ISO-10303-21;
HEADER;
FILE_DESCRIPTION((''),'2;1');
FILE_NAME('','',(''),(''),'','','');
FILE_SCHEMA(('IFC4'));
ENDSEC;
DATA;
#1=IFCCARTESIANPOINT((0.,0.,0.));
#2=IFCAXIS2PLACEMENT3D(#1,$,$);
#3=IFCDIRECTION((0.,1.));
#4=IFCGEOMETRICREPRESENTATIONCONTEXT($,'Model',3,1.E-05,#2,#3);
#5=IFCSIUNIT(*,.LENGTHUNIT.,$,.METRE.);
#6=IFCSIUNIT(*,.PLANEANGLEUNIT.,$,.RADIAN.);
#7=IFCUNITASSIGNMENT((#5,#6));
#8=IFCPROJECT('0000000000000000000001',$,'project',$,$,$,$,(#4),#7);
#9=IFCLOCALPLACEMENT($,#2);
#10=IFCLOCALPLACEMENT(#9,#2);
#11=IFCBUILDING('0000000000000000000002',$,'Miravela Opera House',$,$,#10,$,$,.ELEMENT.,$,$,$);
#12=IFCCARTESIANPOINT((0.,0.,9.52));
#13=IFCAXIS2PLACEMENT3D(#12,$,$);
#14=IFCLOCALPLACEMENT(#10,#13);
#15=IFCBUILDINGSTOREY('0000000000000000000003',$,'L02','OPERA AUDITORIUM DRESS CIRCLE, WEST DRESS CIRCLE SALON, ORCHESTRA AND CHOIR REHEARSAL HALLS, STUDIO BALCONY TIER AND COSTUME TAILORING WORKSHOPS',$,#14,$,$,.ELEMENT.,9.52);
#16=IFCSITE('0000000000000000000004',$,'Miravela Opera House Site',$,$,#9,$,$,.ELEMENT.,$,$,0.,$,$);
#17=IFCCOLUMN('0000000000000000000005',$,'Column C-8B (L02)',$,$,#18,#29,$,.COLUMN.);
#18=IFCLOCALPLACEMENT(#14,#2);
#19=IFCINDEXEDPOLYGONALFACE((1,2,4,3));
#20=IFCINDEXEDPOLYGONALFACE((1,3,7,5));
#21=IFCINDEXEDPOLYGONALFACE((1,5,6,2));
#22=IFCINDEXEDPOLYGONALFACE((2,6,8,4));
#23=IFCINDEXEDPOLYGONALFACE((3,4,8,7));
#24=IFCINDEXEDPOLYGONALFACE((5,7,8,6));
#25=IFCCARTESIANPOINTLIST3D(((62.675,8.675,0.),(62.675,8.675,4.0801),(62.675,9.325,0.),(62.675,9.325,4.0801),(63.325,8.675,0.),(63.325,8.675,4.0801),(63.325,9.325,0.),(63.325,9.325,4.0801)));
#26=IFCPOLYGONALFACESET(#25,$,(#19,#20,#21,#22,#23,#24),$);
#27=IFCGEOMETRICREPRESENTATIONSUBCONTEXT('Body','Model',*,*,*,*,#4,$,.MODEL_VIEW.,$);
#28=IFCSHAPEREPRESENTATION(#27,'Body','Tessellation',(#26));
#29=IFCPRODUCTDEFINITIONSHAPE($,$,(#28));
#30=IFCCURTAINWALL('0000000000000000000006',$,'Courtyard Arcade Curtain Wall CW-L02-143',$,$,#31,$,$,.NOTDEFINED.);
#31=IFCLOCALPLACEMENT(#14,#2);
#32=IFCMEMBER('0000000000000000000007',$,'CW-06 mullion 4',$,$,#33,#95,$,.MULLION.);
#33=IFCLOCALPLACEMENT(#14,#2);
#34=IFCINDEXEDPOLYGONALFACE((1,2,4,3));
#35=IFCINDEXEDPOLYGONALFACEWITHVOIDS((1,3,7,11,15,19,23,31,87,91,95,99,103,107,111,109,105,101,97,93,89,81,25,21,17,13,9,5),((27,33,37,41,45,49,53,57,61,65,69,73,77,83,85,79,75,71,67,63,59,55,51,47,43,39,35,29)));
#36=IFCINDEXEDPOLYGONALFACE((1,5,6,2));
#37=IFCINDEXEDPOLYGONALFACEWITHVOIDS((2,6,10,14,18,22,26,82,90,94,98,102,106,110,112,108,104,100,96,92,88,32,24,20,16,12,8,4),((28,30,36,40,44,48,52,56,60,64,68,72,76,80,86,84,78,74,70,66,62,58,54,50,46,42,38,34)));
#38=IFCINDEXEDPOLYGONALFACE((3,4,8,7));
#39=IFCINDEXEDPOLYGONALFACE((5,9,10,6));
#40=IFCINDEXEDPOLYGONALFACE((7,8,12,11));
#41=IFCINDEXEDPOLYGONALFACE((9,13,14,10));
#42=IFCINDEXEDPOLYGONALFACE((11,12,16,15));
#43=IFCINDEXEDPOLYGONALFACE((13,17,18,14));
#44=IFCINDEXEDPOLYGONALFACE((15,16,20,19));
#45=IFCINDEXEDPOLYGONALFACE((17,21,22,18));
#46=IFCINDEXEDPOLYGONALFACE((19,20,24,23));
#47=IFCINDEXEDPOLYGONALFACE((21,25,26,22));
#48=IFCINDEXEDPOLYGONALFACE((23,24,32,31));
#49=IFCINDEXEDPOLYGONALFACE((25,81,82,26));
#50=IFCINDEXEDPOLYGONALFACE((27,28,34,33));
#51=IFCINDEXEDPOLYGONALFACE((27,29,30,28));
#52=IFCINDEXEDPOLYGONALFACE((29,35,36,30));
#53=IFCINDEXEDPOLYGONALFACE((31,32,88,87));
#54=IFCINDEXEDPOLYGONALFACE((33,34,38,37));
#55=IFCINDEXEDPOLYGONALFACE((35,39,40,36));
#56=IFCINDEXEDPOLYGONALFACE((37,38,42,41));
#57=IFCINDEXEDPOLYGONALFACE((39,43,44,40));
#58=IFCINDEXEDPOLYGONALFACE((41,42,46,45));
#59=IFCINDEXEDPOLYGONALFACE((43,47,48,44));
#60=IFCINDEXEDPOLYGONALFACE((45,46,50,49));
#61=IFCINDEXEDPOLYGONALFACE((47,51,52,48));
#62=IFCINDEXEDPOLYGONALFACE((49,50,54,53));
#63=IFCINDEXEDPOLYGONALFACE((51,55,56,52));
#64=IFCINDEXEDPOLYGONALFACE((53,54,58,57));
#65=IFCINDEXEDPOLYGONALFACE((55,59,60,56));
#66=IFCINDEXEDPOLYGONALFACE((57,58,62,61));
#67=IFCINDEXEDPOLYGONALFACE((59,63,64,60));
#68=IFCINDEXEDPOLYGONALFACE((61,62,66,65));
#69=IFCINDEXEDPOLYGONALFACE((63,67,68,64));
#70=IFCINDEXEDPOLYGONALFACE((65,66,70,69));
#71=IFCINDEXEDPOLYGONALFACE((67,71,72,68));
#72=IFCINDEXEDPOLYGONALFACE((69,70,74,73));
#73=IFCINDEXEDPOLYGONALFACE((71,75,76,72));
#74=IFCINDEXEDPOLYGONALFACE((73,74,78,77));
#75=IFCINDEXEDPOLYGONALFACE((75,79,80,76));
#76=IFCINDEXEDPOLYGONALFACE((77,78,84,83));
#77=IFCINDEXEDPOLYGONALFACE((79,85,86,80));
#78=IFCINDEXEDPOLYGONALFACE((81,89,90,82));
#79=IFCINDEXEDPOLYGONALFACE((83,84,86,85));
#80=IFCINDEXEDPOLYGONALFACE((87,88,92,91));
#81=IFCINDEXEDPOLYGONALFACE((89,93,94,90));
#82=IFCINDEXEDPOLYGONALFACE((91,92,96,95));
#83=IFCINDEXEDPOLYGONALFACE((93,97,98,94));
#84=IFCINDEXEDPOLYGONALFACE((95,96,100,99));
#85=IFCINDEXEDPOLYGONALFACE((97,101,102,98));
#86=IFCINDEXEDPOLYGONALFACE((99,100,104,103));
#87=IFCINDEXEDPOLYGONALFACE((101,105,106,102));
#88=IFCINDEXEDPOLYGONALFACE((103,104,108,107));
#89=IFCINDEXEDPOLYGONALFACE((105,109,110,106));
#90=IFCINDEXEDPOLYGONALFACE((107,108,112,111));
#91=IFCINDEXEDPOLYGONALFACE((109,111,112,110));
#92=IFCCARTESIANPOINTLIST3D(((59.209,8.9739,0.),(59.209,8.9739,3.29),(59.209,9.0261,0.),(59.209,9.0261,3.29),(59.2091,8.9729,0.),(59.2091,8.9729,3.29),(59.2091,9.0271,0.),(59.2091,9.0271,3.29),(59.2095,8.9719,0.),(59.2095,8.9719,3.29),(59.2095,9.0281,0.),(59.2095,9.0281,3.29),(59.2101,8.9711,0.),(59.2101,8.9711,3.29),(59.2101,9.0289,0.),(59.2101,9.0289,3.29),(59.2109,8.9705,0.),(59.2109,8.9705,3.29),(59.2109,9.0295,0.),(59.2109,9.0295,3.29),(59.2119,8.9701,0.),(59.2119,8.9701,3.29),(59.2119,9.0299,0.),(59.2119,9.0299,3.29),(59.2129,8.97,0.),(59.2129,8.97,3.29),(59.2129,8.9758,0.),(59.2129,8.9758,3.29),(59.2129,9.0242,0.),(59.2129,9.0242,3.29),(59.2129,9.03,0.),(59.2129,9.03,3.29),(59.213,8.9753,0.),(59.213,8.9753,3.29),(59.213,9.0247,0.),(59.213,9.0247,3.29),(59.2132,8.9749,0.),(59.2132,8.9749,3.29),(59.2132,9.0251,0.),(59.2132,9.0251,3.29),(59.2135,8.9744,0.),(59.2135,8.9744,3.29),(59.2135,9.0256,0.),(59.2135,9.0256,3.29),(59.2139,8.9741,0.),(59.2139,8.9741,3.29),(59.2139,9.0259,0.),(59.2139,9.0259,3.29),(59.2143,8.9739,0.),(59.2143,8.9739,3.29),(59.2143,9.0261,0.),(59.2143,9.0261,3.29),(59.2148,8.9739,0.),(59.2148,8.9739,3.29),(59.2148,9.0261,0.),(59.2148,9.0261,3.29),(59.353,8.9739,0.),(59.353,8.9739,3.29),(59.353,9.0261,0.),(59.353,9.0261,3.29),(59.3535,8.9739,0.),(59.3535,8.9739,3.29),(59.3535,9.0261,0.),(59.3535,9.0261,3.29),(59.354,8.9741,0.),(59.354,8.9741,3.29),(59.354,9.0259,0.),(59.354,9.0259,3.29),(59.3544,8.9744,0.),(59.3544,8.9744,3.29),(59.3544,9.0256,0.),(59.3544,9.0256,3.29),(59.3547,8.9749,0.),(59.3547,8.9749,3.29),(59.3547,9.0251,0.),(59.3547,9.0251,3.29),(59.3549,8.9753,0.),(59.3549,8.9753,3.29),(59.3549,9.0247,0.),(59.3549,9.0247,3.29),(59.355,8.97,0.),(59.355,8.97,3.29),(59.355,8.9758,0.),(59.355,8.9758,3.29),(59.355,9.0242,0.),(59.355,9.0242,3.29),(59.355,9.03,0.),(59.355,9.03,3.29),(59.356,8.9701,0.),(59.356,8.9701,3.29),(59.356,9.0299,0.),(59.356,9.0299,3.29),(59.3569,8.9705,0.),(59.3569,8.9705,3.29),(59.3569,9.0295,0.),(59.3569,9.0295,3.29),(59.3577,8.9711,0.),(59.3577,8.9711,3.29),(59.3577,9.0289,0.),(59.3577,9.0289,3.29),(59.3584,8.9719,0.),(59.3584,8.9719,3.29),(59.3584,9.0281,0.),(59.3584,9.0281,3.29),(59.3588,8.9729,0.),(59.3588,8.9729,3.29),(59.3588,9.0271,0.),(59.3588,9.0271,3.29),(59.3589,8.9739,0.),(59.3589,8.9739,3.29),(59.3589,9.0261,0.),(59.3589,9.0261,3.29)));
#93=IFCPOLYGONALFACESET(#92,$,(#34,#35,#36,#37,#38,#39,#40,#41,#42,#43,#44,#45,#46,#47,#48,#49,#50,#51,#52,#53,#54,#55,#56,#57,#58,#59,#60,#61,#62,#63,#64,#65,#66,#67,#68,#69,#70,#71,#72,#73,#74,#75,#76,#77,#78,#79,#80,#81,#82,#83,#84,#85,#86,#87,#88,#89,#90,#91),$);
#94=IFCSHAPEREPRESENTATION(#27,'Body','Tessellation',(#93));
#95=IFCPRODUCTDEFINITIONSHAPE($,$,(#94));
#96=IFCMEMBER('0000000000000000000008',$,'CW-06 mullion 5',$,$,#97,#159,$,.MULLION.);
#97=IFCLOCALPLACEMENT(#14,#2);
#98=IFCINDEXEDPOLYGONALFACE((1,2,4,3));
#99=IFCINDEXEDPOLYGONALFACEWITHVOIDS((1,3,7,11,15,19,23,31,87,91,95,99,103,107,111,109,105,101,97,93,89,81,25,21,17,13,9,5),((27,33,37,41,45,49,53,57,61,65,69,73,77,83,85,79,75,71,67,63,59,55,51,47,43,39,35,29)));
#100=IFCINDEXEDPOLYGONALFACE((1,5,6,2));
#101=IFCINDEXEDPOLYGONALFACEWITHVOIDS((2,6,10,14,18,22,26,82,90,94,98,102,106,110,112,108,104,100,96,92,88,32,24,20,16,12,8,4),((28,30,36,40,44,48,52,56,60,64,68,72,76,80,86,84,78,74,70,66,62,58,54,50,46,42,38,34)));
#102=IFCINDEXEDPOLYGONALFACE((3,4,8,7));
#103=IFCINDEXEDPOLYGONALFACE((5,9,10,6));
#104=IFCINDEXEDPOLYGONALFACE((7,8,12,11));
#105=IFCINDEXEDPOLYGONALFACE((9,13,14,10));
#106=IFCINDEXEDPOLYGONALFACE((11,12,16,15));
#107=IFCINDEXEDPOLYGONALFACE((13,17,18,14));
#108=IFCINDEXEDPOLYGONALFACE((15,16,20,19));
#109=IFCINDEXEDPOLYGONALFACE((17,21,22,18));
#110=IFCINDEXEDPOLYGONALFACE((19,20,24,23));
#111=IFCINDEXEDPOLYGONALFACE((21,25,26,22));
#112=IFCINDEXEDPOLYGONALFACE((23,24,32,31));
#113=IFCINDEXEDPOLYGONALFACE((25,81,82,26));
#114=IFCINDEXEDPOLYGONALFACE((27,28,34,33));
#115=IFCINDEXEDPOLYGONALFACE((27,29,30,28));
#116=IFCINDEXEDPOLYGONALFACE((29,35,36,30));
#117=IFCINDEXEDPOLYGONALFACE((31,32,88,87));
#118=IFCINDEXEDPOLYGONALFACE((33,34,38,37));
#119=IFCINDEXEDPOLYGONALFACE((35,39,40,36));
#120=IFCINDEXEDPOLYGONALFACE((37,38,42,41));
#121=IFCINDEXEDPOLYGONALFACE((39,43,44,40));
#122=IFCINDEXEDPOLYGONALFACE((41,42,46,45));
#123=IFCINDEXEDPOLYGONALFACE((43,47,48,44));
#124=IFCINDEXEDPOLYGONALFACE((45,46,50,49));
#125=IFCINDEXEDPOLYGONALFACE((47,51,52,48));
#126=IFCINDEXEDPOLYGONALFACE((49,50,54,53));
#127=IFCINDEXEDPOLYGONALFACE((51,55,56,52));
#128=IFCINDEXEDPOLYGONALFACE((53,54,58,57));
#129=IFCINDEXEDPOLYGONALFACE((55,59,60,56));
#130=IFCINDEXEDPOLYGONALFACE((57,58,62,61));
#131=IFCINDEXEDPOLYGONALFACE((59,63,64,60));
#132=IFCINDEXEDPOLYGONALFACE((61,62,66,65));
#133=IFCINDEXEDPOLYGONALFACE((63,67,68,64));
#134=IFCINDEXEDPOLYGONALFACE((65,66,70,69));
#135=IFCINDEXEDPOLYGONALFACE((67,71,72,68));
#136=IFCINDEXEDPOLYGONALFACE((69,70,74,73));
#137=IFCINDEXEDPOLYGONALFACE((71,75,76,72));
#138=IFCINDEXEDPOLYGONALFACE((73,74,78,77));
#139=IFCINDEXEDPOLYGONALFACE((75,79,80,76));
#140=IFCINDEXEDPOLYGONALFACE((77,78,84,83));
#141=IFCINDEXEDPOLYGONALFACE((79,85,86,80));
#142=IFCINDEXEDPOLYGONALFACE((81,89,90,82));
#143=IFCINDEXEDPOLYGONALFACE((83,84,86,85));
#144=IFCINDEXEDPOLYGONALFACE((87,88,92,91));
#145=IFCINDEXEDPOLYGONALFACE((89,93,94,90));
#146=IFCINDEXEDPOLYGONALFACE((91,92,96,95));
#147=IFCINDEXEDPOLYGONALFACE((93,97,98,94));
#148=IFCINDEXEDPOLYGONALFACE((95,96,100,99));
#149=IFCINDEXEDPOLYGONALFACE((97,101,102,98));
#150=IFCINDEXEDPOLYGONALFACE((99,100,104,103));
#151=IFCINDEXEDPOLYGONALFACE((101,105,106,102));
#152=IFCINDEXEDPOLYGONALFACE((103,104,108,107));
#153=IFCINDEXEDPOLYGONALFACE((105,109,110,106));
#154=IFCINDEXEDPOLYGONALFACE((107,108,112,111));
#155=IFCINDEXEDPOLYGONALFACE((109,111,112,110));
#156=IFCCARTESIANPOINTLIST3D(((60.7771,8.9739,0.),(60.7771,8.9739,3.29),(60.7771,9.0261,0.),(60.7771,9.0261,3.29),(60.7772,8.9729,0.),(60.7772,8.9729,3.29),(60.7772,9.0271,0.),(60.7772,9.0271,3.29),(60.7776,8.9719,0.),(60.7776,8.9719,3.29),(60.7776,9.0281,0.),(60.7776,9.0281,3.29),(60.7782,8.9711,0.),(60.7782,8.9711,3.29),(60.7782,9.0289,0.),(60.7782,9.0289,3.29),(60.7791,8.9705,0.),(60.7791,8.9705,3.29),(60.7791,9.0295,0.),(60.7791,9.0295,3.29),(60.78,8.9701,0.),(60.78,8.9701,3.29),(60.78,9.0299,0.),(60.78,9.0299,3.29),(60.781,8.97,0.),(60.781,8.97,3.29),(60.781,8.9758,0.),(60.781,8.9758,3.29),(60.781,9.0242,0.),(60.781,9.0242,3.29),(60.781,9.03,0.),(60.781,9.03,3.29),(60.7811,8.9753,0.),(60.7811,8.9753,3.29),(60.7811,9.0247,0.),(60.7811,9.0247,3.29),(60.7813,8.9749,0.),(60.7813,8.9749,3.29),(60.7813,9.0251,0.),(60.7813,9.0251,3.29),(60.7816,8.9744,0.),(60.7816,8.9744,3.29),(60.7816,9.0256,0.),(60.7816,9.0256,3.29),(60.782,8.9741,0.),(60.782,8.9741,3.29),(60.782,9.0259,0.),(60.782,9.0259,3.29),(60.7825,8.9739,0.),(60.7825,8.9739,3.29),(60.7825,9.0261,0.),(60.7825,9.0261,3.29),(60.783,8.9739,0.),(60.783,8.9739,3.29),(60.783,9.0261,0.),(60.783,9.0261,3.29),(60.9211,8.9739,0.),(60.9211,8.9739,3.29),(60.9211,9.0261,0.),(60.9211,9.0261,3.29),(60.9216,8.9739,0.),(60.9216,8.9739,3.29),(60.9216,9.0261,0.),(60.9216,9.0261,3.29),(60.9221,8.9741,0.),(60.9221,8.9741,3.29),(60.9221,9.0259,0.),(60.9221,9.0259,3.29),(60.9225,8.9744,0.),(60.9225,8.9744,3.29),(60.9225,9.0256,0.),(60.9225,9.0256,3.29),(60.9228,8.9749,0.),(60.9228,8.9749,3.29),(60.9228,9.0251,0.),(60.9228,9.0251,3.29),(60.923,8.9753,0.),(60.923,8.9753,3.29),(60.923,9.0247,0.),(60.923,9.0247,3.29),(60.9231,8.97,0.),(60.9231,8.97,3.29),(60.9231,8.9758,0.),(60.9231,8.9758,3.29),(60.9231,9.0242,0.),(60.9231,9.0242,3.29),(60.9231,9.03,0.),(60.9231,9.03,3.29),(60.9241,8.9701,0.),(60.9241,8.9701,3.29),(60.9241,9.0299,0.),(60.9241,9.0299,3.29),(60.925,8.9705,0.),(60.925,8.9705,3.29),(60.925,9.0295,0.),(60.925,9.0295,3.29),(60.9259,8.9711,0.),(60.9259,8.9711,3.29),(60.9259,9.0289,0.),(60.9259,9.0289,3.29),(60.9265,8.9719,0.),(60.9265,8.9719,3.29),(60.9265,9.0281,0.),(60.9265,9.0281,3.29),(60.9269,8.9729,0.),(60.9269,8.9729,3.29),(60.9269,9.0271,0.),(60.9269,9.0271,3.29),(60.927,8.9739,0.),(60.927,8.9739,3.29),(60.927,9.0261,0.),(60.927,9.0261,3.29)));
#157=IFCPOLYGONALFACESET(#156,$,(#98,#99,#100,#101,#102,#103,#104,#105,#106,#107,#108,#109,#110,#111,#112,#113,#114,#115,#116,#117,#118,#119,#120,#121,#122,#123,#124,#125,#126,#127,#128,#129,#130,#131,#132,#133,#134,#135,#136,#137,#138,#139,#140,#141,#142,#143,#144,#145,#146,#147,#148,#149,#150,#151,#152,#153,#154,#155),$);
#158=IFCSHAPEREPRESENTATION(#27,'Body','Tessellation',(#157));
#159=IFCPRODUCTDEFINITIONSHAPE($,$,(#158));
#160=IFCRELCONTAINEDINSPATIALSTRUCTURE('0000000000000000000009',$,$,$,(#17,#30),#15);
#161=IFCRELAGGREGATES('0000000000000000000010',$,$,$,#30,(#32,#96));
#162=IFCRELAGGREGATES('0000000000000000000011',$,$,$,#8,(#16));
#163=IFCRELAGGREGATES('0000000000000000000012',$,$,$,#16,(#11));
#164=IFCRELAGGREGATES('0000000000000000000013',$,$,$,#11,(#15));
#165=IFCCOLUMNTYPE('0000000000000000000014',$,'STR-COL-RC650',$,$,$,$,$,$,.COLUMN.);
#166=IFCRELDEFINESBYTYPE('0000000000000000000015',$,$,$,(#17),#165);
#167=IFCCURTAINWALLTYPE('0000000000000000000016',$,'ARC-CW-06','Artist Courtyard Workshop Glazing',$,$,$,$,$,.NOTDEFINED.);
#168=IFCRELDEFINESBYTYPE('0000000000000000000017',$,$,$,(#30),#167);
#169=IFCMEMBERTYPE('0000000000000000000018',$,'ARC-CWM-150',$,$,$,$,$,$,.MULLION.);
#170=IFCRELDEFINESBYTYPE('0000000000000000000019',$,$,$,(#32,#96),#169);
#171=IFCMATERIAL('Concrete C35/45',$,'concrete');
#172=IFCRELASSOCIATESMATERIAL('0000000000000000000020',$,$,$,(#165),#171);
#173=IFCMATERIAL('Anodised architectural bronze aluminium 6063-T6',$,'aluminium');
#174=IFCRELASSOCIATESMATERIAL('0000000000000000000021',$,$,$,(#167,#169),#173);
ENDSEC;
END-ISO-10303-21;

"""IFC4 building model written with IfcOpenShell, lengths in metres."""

from ifc_helpers import new_model, si_unit, direction, frame, origin, origin_2d, place, context, subcontext, project, spatial, rectangle, hollow_rectangle, extrude, material, material_profile, profile_set, type_object, element, aggregate, save


model = new_model("IFC4")

# Units and contexts
model_context = context("Model", 3, precision=1e-05, world=origin(), true_north=direction((0.0, 1.0)))
body_context = subcontext(model_context, "Body", "Model", "MODEL_VIEW")
ifc_project = project(units=[si_unit("LENGTHUNIT", "METRE"), si_unit("PLANEANGLEUNIT", "RADIAN")], contexts=[model_context])

# Site, building, storey
site_placement = place(None, origin())
site = spatial("IfcSite", under=ifc_project, at=site_placement, Name="Miravela Opera House Site", CompositionType="ELEMENT", RefElevation=0.0)
building_placement = place(site_placement, origin())
building = spatial("IfcBuilding", under=site, at=building_placement, Name="Miravela Opera House", CompositionType="ELEMENT")
storey_placement = place(building_placement, frame((0.0, 0.0, 9.52)))
storey = spatial("IfcBuildingStorey", under=building, at=storey_placement, Name="L02", Description="OPERA AUDITORIUM DRESS CIRCLE, WEST DRESS CIRCLE SALON, ORCHESTRA AND CHOIR REHEARSAL HALLS, STUDIO BALCONY TIER AND COSTUME TAILORING WORKSHOPS", CompositionType="ELEMENT", Elevation=9.52)

# Column
ifc_material_1 = material(Name="Concrete C35/45", Category="concrete")
ifc_material_profile_1 = material_profile(ifc_material_1, rectangle(XDim=0.6499, YDim=0.6499, at=origin_2d()), Name="RC-COL-650X650")
ifc_profile_set_1 = profile_set([ifc_material_profile_1])
column_type = type_object("IfcColumnType", Name="STR-COL-RC650", PredefinedType="COLUMN", material=ifc_profile_set_1)
column_placement = place(storey_placement, frame((63.0, 9.0, 0.0), z_axis=(0.0, 0.0, 1.0), x_axis=(1.0, 0.0, 0.0)))
element("IfcColumn", 1, at=column_placement, inside=storey, type_object=column_type, Name="Column C-8B (L02)", PredefinedType="COLUMN", context=body_context, shape_type="SweptSolid", body=[
    extrude(rectangle(XDim=0.6499, YDim=0.6499, at=origin_2d()), origin(), (0.0, 0.0, 1.0), 4.0801),
])

# Curtain wall, members
ifc_material_2 = material(Name="Anodised architectural bronze aluminium 6063-T6", Category="aluminium")
curtain_wall_type = type_object("IfcCurtainWallType", Name="ARC-CW-06", Description="Artist Courtyard Workshop Glazing", PredefinedType="NOTDEFINED", material=ifc_material_2)
curtain_wall_1_placement = place(storey_placement, origin())
curtain_wall_1 = element("IfcCurtainWall", 2, at=curtain_wall_1_placement, inside=storey, type_object=curtain_wall_type, Name="Courtyard Arcade Curtain Wall CW-L02-143", PredefinedType="NOTDEFINED")
ifc_material_profile_2 = material_profile(ifc_material_2, hollow_rectangle(XDim=0.0601, YDim=0.1499, WallThickness=0.0039, InnerFilletRadius=0.002, OuterFilletRadius=0.0039, at=origin_2d()), Name="CWM-60X150")
ifc_profile_set_2 = profile_set([ifc_material_profile_2])
member_type_1 = type_object("IfcMemberType", Name="ARC-CWM-150", PredefinedType="MULLION", material=ifc_profile_set_2)
member_1_placement = place(storey_placement, frame((59.2839, 9.0, 0.0), z_axis=(0.0, 0.0, 1.0), x_axis=(0.0, 1.0, 0.0)))
member_1 = element("IfcMember", 3, at=member_1_placement, type_object=member_type_1, Name="CW-06 mullion 4", PredefinedType="MULLION", context=body_context, shape_type="SweptSolid", body=[
    extrude(hollow_rectangle(XDim=0.0601, YDim=0.1499, WallThickness=0.0039, InnerFilletRadius=0.002, OuterFilletRadius=0.0039, at=origin_2d()), origin(), (0.0, 0.0, 1.0), 3.29),
])
member_2_placement = place(storey_placement, frame((60.8521, 9.0, 0.0), z_axis=(0.0, 0.0, 1.0), x_axis=(0.0, 1.0, 0.0)))
member_2 = element("IfcMember", 4, at=member_2_placement, type_object=member_type_1, Name="CW-06 mullion 5", PredefinedType="MULLION", context=body_context, shape_type="SweptSolid", body=[
    extrude(hollow_rectangle(XDim=0.0601, YDim=0.1499, WallThickness=0.0039, InnerFilletRadius=0.002, OuterFilletRadius=0.0039, at=origin_2d()), origin(), (0.0, 0.0, 1.0), 3.29),
])

aggregate(curtain_wall_1, [member_1, member_2])

save(model, "model.ifc")
